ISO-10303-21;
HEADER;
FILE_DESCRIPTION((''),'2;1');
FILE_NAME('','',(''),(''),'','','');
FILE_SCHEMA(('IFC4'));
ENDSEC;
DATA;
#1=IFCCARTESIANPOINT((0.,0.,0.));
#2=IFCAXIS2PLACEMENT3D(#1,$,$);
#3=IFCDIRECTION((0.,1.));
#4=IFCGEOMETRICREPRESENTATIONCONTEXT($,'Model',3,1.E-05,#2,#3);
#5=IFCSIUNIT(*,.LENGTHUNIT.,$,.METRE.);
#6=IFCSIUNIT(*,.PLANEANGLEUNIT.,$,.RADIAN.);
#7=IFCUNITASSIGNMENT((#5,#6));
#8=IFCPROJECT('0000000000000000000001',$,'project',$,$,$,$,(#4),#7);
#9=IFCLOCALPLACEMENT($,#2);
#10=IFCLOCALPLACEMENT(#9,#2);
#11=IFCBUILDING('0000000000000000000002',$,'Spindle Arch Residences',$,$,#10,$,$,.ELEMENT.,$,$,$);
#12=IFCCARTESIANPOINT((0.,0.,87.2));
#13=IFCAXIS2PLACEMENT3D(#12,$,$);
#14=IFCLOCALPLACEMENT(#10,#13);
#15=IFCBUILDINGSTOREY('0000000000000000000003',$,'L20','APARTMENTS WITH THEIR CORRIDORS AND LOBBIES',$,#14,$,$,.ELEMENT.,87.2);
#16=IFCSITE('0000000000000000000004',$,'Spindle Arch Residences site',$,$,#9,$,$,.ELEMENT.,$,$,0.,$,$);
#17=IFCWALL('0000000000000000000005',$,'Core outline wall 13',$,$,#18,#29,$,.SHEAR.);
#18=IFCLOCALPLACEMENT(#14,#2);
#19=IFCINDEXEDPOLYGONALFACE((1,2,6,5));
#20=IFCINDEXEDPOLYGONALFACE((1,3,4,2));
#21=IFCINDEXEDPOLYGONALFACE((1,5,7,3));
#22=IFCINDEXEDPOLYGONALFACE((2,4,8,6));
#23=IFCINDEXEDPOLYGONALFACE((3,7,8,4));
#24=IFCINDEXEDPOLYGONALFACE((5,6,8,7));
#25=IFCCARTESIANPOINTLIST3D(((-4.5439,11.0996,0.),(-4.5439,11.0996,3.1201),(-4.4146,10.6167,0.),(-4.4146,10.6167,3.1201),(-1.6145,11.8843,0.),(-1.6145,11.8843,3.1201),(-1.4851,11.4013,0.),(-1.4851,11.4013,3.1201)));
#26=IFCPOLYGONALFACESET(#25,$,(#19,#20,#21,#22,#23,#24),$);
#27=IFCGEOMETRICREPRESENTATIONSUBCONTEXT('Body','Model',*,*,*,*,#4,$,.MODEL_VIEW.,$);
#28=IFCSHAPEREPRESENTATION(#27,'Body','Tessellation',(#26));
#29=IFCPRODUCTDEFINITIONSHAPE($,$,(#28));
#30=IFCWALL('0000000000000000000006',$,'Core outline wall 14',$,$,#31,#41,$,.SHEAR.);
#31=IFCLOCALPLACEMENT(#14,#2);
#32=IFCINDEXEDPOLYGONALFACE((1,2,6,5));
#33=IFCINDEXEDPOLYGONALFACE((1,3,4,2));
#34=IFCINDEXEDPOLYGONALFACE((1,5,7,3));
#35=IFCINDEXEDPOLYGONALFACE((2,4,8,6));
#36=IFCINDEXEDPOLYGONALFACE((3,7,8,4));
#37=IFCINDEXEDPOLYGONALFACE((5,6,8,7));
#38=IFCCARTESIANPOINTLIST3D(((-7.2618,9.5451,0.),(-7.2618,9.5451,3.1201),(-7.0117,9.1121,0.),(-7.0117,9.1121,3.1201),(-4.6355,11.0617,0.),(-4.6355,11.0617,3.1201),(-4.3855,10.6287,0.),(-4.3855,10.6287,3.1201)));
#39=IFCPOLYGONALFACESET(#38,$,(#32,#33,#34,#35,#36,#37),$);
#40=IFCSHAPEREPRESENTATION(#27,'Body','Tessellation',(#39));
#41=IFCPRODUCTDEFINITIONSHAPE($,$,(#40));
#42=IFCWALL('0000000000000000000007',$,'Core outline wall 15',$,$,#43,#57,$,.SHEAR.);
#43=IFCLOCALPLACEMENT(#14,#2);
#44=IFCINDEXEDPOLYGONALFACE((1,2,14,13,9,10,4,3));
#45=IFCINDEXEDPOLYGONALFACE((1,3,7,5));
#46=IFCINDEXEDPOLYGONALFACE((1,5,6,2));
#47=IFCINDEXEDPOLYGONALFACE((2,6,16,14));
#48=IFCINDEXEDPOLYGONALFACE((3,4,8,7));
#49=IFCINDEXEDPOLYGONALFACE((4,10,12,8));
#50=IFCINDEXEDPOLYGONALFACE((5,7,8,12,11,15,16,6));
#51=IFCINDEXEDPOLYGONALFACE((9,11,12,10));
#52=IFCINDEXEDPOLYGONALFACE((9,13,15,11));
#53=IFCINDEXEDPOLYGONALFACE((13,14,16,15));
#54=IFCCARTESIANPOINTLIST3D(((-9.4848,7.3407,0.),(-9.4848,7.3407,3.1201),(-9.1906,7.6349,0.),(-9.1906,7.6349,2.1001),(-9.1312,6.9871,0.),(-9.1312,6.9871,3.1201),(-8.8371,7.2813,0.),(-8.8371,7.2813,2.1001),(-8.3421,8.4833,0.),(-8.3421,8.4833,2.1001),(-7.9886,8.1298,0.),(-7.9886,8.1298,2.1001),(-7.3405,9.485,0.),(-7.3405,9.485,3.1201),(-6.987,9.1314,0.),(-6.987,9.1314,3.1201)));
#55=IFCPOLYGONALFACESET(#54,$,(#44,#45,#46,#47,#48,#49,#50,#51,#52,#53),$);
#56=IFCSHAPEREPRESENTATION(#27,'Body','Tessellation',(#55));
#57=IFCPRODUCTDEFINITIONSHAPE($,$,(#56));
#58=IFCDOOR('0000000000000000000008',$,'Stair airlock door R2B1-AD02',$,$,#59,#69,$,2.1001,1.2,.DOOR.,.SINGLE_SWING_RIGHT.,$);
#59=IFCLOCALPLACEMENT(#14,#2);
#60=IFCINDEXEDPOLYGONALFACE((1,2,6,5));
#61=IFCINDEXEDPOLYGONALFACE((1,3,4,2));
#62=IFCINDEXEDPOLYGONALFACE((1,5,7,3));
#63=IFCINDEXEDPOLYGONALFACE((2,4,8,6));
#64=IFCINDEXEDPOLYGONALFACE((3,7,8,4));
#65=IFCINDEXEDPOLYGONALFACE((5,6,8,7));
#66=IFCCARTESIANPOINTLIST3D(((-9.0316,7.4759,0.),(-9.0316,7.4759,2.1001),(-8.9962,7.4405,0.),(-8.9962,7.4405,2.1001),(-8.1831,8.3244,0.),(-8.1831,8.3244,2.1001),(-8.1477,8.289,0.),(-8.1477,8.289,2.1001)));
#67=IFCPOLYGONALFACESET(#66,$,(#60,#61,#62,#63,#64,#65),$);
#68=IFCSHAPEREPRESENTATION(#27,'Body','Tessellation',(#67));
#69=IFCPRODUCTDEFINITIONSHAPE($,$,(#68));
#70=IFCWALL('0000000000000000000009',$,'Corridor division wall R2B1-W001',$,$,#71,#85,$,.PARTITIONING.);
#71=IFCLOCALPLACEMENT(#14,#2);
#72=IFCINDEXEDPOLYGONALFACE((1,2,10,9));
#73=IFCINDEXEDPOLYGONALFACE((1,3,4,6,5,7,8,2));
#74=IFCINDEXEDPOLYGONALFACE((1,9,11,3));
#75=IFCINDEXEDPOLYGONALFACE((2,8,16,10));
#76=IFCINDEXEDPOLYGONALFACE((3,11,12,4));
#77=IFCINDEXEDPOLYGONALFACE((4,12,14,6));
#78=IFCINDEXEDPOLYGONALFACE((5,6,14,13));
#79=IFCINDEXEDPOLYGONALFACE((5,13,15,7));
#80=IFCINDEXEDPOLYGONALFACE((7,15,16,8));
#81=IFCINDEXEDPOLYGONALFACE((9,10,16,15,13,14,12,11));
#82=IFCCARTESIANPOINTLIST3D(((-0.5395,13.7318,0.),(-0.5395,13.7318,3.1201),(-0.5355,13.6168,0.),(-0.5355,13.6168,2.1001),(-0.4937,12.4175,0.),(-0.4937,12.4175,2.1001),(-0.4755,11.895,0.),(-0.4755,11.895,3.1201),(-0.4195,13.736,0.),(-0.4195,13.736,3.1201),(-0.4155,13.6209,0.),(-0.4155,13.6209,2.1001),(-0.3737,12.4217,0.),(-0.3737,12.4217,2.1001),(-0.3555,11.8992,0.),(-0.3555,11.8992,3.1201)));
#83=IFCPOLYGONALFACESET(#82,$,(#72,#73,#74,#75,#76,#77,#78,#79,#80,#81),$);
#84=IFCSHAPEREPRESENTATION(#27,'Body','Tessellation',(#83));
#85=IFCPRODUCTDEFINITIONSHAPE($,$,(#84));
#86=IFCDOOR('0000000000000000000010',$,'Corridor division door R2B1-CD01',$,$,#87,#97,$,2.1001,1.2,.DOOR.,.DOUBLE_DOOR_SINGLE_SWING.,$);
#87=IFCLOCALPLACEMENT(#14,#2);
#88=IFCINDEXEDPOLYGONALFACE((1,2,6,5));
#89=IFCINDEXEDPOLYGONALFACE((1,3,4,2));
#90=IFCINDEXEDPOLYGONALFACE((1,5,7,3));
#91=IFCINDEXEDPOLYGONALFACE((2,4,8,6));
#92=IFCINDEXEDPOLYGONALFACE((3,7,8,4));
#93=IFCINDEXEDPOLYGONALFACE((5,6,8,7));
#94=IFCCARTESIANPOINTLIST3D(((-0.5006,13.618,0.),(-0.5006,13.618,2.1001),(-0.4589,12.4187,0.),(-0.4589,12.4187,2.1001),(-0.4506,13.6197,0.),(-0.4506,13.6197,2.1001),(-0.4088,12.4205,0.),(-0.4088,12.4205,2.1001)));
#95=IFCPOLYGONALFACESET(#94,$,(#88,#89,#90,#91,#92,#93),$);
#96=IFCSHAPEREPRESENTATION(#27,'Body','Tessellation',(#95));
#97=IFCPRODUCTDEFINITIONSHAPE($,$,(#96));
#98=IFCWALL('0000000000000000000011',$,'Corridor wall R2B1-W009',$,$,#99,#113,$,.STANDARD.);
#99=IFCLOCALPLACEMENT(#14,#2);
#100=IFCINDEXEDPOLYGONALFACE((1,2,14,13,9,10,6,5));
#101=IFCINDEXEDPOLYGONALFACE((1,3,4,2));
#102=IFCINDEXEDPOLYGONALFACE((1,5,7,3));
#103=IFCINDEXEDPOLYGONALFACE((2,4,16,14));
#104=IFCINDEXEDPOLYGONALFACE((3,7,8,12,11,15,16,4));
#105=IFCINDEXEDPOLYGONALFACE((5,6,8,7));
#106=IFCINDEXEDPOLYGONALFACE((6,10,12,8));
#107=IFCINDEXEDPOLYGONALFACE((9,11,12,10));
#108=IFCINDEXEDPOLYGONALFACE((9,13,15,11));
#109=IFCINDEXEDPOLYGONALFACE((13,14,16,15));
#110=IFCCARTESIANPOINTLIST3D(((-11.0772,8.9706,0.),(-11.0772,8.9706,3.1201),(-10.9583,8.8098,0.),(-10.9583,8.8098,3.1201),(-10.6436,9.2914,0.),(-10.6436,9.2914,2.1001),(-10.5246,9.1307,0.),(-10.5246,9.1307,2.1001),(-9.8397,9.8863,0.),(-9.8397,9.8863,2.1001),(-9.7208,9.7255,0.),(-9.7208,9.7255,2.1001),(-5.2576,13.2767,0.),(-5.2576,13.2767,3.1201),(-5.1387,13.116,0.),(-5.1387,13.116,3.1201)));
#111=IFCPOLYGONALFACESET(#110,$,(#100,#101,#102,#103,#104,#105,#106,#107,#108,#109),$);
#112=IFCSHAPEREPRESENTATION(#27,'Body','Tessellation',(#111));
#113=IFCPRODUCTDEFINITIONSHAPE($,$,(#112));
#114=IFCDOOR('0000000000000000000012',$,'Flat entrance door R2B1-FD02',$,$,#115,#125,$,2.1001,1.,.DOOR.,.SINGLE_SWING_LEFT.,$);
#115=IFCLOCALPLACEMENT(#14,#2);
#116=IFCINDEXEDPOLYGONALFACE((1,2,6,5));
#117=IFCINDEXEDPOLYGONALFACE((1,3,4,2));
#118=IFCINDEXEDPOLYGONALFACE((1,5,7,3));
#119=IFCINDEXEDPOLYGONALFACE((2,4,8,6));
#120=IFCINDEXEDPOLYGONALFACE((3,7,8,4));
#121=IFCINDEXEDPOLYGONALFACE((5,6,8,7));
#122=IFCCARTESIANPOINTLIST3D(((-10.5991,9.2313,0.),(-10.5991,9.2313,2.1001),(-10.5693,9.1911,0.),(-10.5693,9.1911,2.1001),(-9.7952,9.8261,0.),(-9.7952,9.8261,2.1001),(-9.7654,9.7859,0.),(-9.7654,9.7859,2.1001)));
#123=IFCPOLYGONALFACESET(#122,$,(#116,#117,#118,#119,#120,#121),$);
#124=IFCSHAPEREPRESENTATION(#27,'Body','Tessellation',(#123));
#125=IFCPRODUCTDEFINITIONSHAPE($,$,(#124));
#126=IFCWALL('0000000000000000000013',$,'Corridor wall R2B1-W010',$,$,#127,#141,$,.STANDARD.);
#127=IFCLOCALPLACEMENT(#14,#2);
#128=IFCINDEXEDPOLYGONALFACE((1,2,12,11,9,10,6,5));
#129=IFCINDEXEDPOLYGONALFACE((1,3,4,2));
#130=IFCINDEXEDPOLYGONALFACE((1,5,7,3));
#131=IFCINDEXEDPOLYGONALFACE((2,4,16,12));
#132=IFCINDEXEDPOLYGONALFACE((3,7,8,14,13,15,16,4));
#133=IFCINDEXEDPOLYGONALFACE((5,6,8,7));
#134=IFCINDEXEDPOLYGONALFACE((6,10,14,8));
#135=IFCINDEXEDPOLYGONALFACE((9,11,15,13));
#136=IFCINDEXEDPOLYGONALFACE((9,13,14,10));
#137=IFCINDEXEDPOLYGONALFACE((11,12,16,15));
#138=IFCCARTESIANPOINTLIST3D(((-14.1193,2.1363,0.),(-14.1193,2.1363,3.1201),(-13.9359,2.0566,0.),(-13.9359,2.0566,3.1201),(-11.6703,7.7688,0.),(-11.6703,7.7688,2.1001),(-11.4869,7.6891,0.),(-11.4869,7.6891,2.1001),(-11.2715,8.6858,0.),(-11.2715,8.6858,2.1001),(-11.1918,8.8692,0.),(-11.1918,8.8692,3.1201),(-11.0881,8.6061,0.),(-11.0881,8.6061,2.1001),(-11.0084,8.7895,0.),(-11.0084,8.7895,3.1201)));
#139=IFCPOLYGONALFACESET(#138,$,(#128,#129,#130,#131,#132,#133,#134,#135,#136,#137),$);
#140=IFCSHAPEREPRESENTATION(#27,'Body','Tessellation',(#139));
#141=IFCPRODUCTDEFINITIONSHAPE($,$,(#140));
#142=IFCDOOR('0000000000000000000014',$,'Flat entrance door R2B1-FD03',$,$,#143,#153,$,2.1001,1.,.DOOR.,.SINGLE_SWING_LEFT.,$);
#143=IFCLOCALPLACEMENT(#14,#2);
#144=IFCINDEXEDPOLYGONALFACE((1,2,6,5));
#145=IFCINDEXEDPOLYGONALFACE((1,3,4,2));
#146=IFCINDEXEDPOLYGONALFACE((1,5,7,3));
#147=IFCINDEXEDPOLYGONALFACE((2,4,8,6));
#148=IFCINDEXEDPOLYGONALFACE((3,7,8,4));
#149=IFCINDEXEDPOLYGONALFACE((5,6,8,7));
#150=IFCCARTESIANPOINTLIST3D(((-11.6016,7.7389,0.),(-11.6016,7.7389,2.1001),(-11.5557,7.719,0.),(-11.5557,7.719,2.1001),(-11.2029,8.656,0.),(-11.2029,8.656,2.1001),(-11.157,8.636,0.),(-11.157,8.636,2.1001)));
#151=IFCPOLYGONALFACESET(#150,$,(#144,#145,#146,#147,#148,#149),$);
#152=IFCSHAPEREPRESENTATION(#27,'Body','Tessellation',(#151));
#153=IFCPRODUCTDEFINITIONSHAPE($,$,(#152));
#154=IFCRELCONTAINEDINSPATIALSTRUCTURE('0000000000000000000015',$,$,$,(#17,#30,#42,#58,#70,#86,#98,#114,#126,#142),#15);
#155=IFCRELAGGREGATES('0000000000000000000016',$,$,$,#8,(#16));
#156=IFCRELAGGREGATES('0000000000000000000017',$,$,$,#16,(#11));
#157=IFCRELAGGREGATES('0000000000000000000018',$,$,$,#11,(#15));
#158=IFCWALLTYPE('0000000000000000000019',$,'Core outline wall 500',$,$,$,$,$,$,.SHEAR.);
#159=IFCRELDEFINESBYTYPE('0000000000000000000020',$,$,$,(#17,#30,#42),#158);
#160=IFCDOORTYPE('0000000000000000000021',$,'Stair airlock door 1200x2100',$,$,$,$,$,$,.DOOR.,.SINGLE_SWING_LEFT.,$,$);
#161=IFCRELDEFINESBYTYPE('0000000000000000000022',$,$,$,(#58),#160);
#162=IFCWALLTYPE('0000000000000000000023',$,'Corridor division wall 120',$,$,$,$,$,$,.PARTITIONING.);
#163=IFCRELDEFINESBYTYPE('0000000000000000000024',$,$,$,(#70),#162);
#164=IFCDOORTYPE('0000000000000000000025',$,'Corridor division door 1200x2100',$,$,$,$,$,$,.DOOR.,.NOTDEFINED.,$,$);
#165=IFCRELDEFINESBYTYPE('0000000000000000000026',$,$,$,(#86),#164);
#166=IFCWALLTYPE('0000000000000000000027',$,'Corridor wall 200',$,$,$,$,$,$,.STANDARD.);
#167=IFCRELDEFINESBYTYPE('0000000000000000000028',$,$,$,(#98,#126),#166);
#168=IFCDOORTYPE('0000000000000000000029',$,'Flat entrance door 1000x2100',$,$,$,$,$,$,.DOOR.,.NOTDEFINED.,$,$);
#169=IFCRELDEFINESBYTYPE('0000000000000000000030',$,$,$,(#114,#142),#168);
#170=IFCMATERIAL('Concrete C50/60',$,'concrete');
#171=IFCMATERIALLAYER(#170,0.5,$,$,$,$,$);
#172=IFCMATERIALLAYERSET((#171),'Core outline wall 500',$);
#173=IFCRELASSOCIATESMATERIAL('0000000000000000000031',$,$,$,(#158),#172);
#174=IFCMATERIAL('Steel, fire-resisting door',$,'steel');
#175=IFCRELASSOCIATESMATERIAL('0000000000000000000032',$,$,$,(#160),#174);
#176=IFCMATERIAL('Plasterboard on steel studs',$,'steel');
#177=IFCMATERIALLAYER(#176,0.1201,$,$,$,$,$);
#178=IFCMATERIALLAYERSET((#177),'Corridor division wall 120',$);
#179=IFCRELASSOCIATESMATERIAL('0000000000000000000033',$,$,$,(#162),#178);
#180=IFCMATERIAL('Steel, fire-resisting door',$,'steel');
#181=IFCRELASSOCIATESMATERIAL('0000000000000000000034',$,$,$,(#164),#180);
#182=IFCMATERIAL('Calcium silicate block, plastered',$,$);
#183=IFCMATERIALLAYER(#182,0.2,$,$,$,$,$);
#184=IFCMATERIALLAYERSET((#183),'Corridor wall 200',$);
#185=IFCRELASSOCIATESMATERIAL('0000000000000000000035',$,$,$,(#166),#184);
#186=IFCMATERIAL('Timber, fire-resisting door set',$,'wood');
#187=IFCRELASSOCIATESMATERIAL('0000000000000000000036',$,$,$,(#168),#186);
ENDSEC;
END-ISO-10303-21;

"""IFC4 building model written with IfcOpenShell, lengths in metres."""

from ifc_helpers import new_model, si_unit, direction, frame, frame_2d, origin, place, context, subcontext, project, spatial, rectangle, extrude, material, layer, layer_set, type_object, element, fill, save


model = new_model("IFC4")

# Units and contexts
model_context = context("Model", 3, precision=1e-05, world=origin(), true_north=direction((0.0, 1.0)))
body_context = subcontext(model_context, "Body", "Model", "MODEL_VIEW")
ifc_project = project(units=[si_unit("LENGTHUNIT", "METRE"), si_unit("PLANEANGLEUNIT", "RADIAN")], contexts=[model_context])

# Site, building, storey
site_placement = place(None, origin())
site = spatial("IfcSite", under=ifc_project, at=site_placement, Name="Spindle Arch Residences site", CompositionType="ELEMENT", RefElevation=0.0)
building_placement = place(site_placement, origin())
building = spatial("IfcBuilding", under=site, at=building_placement, Name="Spindle Arch Residences", CompositionType="ELEMENT")
storey_placement = place(building_placement, frame((0.0, 0.0, 87.2)))
storey = spatial("IfcBuildingStorey", under=building, at=storey_placement, Name="L20", Description="APARTMENTS WITH THEIR CORRIDORS AND LOBBIES", CompositionType="ELEMENT", Elevation=87.2)

# Walls
ifc_material_1 = material(Name="Concrete C50/60", Category="concrete")
ifc_layer_1 = layer(ifc_material_1, 0.5)
ifc_layer_set_1 = layer_set([ifc_layer_1], Name="Core outline wall 500")
wall_type_1 = type_object("IfcWallType", Name="Core outline wall 500", PredefinedType="SHEAR", material=ifc_layer_set_1)
for number, where, z_axis, x_axis, name in (
    (1, (-1.5498, 11.6428, 0.0), (0.0, 0.0, 1.0), (-0.965948, -0.258735, 0.0), "Core outline wall 13"),
    (2, (-4.5105, 10.8452, 0.0), (0.0, 0.0, 1.0), (-0.865975, -0.500087, 0.0), "Core outline wall 14"),
):
    element("IfcWall", number, at=place(storey_placement, frame(where, z_axis=z_axis, x_axis=x_axis)), inside=storey, type_object=wall_type_1, Name=name, PredefinedType="SHEAR", context=body_context, shape_type="SweptSolid", body=[
        extrude(rectangle(XDim=3.0327, YDim=0.5, at=frame_2d((1.5164, 0.0))), origin(), (0.0, 0.0, 1.0), 3.1201),
    ])

# Walls, openings, doors
wall_1_placement = place(storey_placement, frame((-7.1638, 9.3081, 0.0), z_axis=(0.0, 0.0, 1.0), x_axis=(-0.707107, -0.707107, 0.0)))
wall_1 = element("IfcWall", 3, at=wall_1_placement, inside=storey, type_object=wall_type_1, Name="Core outline wall 15", PredefinedType="SHEAR", context=body_context, shape_type="SweptSolid", body=[
    extrude(rectangle(XDim=3.0325, YDim=0.5, at=frame_2d((1.5161, 0.0))), origin(), (0.0, 0.0, 1.0), 3.1201),
])
opening_1_placement = place(wall_1_placement, frame((1.4163, 0.0, 0.0)))
opening_1 = element("IfcOpeningElement", 4, at=opening_1_placement, cuts=wall_1, PredefinedType="OPENING", context=body_context, shape_type="SweptSolid", body=[
    extrude(rectangle(XDim=1.2, YDim=2.1001, at=frame_2d((0.6001, 1.05))), frame((0.0, 0.26, 0.0), z_axis=(0.0, -1.0, 0.0), x_axis=(1.0, 0.0, 0.0)), (0.0, 0.0, 1.0), 0.52),
])
ifc_material_2 = material(Name="Steel, fire-resisting door", Category="steel")
door_type_1 = type_object("IfcDoorType", Name="Stair airlock door 1200x2100", OperationType="SINGLE_SWING_LEFT", PredefinedType="DOOR", material=ifc_material_2)
door_1_placement = place(opening_1_placement, origin())
door_1 = element("IfcDoor", 5, at=door_1_placement, inside=storey, type_object=door_type_1, Name="Stair airlock door R2B1-AD02", OperationType="SINGLE_SWING_RIGHT", OverallHeight=2.1001, OverallWidth=1.2, PredefinedType="DOOR", context=body_context, shape_type="SweptSolid", body=[
    extrude(rectangle(XDim=1.2, YDim=2.1001, at=frame_2d((0.6001, 1.05))), frame((0.0, 0.0249, 0.0), z_axis=(0.0, -1.0, 0.0), x_axis=(1.0, 0.0, 0.0)), (0.0, 0.0, 1.0), 0.05),
])
fill(opening_1, door_1)
ifc_material_3 = material(Name="Plasterboard on steel studs", Category="steel")
ifc_layer_2 = layer(ifc_material_3, 0.1201)
ifc_layer_set_2 = layer_set([ifc_layer_2], Name="Corridor division wall 120")
wall_type_2 = type_object("IfcWallType", Name="Corridor division wall 120", PredefinedType="PARTITIONING", material=ifc_layer_set_2)
wall_2_placement = place(storey_placement, frame((-0.4795, 13.7339, 0.0), z_axis=(0.0, 0.0, 1.0), x_axis=(0.034805, -0.999394, 0.0)))
wall_2 = element("IfcWall", 6, at=wall_2_placement, inside=storey, type_object=wall_type_2, Name="Corridor division wall R2B1-W001", PredefinedType="PARTITIONING", context=body_context, shape_type="SweptSolid", body=[
    extrude(rectangle(XDim=1.8379, YDim=0.1201, at=frame_2d((0.9189, 0.0))), origin(), (0.0, 0.0, 1.0), 3.1201),
])
opening_2_placement = place(wall_2_placement, frame((0.115, 0.0, 0.0)))
opening_2 = element("IfcOpeningElement", 7, at=opening_2_placement, cuts=wall_2, PredefinedType="OPENING", context=body_context, shape_type="SweptSolid", body=[
    extrude(rectangle(XDim=1.2, YDim=2.1001, at=frame_2d((0.6001, 1.05))), frame((0.0, 0.0701, 0.0), z_axis=(0.0, -1.0, 0.0), x_axis=(1.0, 0.0, 0.0)), (0.0, 0.0, 1.0), 0.1401),
])
ifc_material_4 = material(Name="Steel, fire-resisting door", Category="steel")
door_type_2 = type_object("IfcDoorType", Name="Corridor division door 1200x2100", OperationType="NOTDEFINED", PredefinedType="DOOR", material=ifc_material_4)
door_2_placement = place(opening_2_placement, origin())
door_2 = element("IfcDoor", 8, at=door_2_placement, inside=storey, type_object=door_type_2, Name="Corridor division door R2B1-CD01", OperationType="DOUBLE_DOOR_SINGLE_SWING", OverallHeight=2.1001, OverallWidth=1.2, PredefinedType="DOOR", context=body_context, shape_type="SweptSolid", body=[
    extrude(rectangle(XDim=1.2, YDim=2.1001, at=frame_2d((0.6001, 1.05))), frame((0.0, 0.0249, 0.0), z_axis=(0.0, -1.0, 0.0), x_axis=(1.0, 0.0, 0.0)), (0.0, 0.0, 1.0), 0.05),
])
fill(opening_2, door_2)
ifc_material_5 = material(Name="Calcium silicate block, plastered")
ifc_layer_3 = layer(ifc_material_5, 0.2)
ifc_layer_set_3 = layer_set([ifc_layer_3], Name="Corridor wall 200")
wall_type_3 = type_object("IfcWallType", Name="Corridor wall 200", PredefinedType="STANDARD", material=ifc_layer_set_3)
wall_3_placement = place(storey_placement, frame((-5.1982, 13.1963, 0.0), z_axis=(0.0, 0.0, 1.0), x_axis=(-0.803864, -0.594813, 0.0)))
wall_3 = element("IfcWall", 9, at=wall_3_placement, inside=storey, type_object=wall_type_3, Name="Corridor wall R2B1-W009", PredefinedType="STANDARD", context=body_context, shape_type="SweptSolid", body=[
    extrude(rectangle(XDim=7.2395, YDim=0.2, at=frame_2d((3.6196, 0.0))), origin(), (0.0, 0.0, 1.0), 3.1201),
])
opening_3_placement = place(wall_3_placement, frame((5.7, 0.0, 0.0)))
opening_3 = element("IfcOpeningElement", 10, at=opening_3_placement, cuts=wall_3, PredefinedType="OPENING", context=body_context, shape_type="SweptSolid", body=[
    extrude(rectangle(XDim=1.0, YDim=2.1001, at=frame_2d((0.5, 1.05))), frame((0.0, 0.1099, 0.0), z_axis=(0.0, -1.0, 0.0), x_axis=(1.0, 0.0, 0.0)), (0.0, 0.0, 1.0), 0.22),
])
ifc_material_6 = material(Name="Timber, fire-resisting door set", Category="wood")
door_type_3 = type_object("IfcDoorType", Name="Flat entrance door 1000x2100", OperationType="NOTDEFINED", PredefinedType="DOOR", material=ifc_material_6)
door_3_placement = place(opening_3_placement, origin())
door_3 = element("IfcDoor", 11, at=door_3_placement, inside=storey, type_object=door_type_3, Name="Flat entrance door R2B1-FD02", OperationType="SINGLE_SWING_LEFT", OverallHeight=2.1001, OverallWidth=1.0, PredefinedType="DOOR", context=body_context, shape_type="SweptSolid", body=[
    extrude(rectangle(XDim=1.0, YDim=2.1001, at=frame_2d((0.5, 1.05))), frame((0.0, 0.0249, 0.0), z_axis=(0.0, -1.0, 0.0), x_axis=(1.0, 0.0, 0.0)), (0.0, 0.0, 1.0), 0.05),
])
fill(opening_3, door_3)
wall_4_placement = place(storey_placement, frame((-11.1001, 8.8293, 0.0), z_axis=(0.0, 0.0, 1.0), x_axis=(-0.398742, -0.917063, 0.0)))
wall_4 = element("IfcWall", 12, at=wall_4_placement, inside=storey, type_object=wall_type_3, Name="Corridor wall R2B1-W010", PredefinedType="STANDARD", context=body_context, shape_type="SweptSolid", body=[
    extrude(rectangle(XDim=7.3418, YDim=0.2, at=frame_2d((3.6709, 0.0))), origin(), (0.0, 0.0, 1.0), 3.1201),
])
opening_4_placement = place(wall_4_placement, frame((0.2, 0.0, 0.0)))
opening_4 = element("IfcOpeningElement", 13, at=opening_4_placement, cuts=wall_4, PredefinedType="OPENING", context=body_context, shape_type="SweptSolid", body=[
    extrude(rectangle(XDim=1.0, YDim=2.1001, at=frame_2d((0.5, 1.05))), frame((0.0, 0.1099, 0.0), z_axis=(0.0, -1.0, 0.0), x_axis=(1.0, 0.0, 0.0)), (0.0, 0.0, 1.0), 0.22),
])
door_4_placement = place(opening_4_placement, origin())
door_4 = element("IfcDoor", 14, at=door_4_placement, inside=storey, type_object=door_type_3, Name="Flat entrance door R2B1-FD03", OperationType="SINGLE_SWING_LEFT", OverallHeight=2.1001, OverallWidth=1.0, PredefinedType="DOOR", context=body_context, shape_type="SweptSolid", body=[
    extrude(rectangle(XDim=1.0, YDim=2.1001, at=frame_2d((0.5, 1.05))), frame((0.0, 0.0249, 0.0), z_axis=(0.0, -1.0, 0.0), x_axis=(1.0, 0.0, 0.0)), (0.0, 0.0, 1.0), 0.05),
])
fill(opening_4, door_4)

save(model, "model.ifc")
